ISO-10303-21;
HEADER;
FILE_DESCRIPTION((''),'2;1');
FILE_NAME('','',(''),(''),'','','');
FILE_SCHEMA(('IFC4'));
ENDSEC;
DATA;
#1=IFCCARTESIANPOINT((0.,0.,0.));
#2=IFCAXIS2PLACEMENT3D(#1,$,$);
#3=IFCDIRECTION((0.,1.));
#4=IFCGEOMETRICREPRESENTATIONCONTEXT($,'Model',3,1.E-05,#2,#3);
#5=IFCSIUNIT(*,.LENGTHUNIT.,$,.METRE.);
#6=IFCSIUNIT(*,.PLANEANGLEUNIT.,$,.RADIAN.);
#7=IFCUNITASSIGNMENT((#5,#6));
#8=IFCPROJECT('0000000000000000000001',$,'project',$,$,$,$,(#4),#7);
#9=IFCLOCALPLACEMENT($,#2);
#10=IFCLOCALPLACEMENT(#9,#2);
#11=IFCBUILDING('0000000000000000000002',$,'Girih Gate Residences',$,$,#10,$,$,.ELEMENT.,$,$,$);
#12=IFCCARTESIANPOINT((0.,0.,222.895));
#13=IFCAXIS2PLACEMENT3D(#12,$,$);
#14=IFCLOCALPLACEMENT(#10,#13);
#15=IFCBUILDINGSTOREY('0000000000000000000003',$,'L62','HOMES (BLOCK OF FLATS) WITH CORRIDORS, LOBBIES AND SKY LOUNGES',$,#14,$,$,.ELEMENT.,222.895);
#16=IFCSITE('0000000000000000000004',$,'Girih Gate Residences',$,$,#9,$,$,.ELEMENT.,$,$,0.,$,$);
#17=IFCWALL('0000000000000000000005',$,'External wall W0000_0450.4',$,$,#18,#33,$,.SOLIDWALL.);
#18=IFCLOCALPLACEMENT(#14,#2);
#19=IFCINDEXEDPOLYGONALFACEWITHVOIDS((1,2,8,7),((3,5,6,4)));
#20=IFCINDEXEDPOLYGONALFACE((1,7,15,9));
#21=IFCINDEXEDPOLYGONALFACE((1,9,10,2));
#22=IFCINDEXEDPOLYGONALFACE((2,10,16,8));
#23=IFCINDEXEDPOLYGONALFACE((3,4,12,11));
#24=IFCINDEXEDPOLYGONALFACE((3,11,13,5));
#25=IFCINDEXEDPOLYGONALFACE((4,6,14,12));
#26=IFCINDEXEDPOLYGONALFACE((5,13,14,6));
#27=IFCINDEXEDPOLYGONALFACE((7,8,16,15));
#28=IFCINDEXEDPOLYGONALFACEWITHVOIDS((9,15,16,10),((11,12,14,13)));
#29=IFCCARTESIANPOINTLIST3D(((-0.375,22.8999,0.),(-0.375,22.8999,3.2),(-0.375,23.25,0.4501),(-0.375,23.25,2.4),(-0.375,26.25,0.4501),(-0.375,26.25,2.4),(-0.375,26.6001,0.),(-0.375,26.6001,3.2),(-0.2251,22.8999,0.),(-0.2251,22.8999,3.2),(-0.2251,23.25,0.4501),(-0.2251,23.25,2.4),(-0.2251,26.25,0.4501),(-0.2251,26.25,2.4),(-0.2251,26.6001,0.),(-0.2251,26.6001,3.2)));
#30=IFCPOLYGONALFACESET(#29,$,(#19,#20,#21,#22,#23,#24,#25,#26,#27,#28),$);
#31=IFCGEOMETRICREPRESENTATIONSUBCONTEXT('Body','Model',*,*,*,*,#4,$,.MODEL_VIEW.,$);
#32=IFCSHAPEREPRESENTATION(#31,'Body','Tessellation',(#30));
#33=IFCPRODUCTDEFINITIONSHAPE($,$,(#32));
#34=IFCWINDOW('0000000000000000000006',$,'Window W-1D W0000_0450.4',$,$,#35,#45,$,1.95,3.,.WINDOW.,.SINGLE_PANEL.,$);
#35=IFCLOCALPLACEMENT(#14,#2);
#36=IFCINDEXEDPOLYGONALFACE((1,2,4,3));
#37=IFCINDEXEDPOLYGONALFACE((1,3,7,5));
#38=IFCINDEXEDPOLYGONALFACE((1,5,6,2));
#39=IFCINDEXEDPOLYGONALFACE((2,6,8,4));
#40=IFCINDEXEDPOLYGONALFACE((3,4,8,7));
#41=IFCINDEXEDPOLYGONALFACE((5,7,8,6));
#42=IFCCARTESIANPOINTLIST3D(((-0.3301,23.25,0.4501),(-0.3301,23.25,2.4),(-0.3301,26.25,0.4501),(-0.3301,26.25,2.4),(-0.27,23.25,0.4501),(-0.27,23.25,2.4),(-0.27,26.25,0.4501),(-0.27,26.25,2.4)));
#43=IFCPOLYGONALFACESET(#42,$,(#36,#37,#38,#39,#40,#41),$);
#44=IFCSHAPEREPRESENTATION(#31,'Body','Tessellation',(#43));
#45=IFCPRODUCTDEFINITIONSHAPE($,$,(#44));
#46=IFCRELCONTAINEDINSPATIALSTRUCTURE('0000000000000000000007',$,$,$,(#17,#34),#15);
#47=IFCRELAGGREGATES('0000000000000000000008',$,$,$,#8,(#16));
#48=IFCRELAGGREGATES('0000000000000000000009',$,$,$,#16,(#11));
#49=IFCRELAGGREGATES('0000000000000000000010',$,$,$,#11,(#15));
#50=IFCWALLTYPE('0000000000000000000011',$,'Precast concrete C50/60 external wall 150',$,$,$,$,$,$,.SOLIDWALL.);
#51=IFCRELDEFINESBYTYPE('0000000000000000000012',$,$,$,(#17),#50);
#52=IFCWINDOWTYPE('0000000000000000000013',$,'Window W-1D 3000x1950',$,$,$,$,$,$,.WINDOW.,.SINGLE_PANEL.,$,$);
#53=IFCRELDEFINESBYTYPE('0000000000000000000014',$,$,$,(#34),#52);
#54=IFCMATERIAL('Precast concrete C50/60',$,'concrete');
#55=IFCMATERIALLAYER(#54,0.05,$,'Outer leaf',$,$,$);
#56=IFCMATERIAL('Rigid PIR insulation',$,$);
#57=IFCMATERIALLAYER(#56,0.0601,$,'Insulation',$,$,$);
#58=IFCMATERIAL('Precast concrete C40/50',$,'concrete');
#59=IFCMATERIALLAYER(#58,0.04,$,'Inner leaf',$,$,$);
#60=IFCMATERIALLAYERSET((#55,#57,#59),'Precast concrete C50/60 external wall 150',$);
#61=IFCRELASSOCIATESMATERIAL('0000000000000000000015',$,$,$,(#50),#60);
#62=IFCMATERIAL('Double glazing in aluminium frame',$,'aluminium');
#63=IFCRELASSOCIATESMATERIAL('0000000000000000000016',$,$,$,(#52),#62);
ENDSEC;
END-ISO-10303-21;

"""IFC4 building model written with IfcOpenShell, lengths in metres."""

from ifc_helpers import new_model, si_unit, direction, frame, frame_2d, origin, place, context, subcontext, project, spatial, rectangle, extrude, material, layer, layer_set, type_object, element, fill, save


model = new_model("IFC4")

# Units and contexts
model_context = context("Model", 3, precision=1e-05, world=origin(), true_north=direction((0.0, 1.0)))
body_context = subcontext(model_context, "Body", "Model", "MODEL_VIEW")
ifc_project = project(units=[si_unit("LENGTHUNIT", "METRE"), si_unit("PLANEANGLEUNIT", "RADIAN")], contexts=[model_context])

# Site, building, storey
site_placement = place(None, origin())
site = spatial("IfcSite", under=ifc_project, at=site_placement, Name="Girih Gate Residences", CompositionType="ELEMENT", RefElevation=0.0)
building_placement = place(site_placement, origin())
building = spatial("IfcBuilding", under=site, at=building_placement, Name="Girih Gate Residences", CompositionType="ELEMENT")
storey_placement = place(building_placement, frame((0.0, 0.0, 222.895)))
storey = spatial("IfcBuildingStorey", under=building, at=storey_placement, Name="L62", Description="HOMES (BLOCK OF FLATS) WITH CORRIDORS, LOBBIES AND SKY LOUNGES", CompositionType="ELEMENT", Elevation=222.895)

# Wall, opening, window
ifc_material_1 = material(Name="Precast concrete C50/60", Category="concrete")
ifc_layer_1 = layer(ifc_material_1, 0.05, Name="Outer leaf")
ifc_material_2 = material(Name="Rigid PIR insulation")
ifc_layer_2 = layer(ifc_material_2, 0.0601, Name="Insulation")
ifc_material_3 = material(Name="Precast concrete C40/50", Category="concrete")
ifc_layer_3 = layer(ifc_material_3, 0.04, Name="Inner leaf")
ifc_layer_set_1 = layer_set([ifc_layer_1, ifc_layer_2, ifc_layer_3], Name="Precast concrete C50/60 external wall 150")
wall_type_1 = type_object("IfcWallType", Name="Precast concrete C50/60 external wall 150", PredefinedType="SOLIDWALL", material=ifc_layer_set_1)
wall_1_placement = place(storey_placement, frame((-0.3, 22.8999, 0.0), z_axis=(0.0, 0.0, 1.0), x_axis=(0.0, 1.0, 0.0)))
wall_1 = element("IfcWall", 1, at=wall_1_placement, inside=storey, type_object=wall_type_1, Name="External wall W0000_0450.4", PredefinedType="SOLIDWALL", context=body_context, shape_type="SweptSolid", body=[
    extrude(rectangle(XDim=3.7002, YDim=0.1499, at=frame_2d((1.8501, 0.0))), origin(), (0.0, 0.0, 1.0), 3.2),
])
opening_1_placement = place(wall_1_placement, frame((0.3501, 0.0, 0.45)))
opening_1 = element("IfcOpeningElement", 2, at=opening_1_placement, cuts=wall_1, PredefinedType="OPENING", context=body_context, shape_type="SweptSolid", body=[
    extrude(rectangle(XDim=3.0, YDim=1.95, at=frame_2d((1.5, 0.9751))), frame((0.0, 0.085, 0.0), z_axis=(0.0, -1.0, 0.0), x_axis=(1.0, 0.0, 0.0)), (0.0, 0.0, 1.0), 0.1699),
])
ifc_material_4 = material(Name="Double glazing in aluminium frame", Category="aluminium")
window_type = type_object("IfcWindowType", Name="Window W-1D 3000x1950", PartitioningType="SINGLE_PANEL", PredefinedType="WINDOW", material=ifc_material_4)
window_placement = place(opening_1_placement, origin())
window = element("IfcWindow", 3, at=window_placement, inside=storey, type_object=window_type, Name="Window W-1D W0000_0450.4", OverallHeight=1.95, OverallWidth=3.0, PartitioningType="SINGLE_PANEL", PredefinedType="WINDOW", context=body_context, shape_type="SweptSolid", body=[
    extrude(rectangle(XDim=3.0, YDim=1.95, at=frame_2d((1.5, 0.9751))), frame((0.0, 0.03, 0.0), z_axis=(0.0, -1.0, 0.0), x_axis=(1.0, 0.0, 0.0)), (0.0, 0.0, 1.0), 0.0601),
])
fill(opening_1, window)

save(model, "model.ifc")
